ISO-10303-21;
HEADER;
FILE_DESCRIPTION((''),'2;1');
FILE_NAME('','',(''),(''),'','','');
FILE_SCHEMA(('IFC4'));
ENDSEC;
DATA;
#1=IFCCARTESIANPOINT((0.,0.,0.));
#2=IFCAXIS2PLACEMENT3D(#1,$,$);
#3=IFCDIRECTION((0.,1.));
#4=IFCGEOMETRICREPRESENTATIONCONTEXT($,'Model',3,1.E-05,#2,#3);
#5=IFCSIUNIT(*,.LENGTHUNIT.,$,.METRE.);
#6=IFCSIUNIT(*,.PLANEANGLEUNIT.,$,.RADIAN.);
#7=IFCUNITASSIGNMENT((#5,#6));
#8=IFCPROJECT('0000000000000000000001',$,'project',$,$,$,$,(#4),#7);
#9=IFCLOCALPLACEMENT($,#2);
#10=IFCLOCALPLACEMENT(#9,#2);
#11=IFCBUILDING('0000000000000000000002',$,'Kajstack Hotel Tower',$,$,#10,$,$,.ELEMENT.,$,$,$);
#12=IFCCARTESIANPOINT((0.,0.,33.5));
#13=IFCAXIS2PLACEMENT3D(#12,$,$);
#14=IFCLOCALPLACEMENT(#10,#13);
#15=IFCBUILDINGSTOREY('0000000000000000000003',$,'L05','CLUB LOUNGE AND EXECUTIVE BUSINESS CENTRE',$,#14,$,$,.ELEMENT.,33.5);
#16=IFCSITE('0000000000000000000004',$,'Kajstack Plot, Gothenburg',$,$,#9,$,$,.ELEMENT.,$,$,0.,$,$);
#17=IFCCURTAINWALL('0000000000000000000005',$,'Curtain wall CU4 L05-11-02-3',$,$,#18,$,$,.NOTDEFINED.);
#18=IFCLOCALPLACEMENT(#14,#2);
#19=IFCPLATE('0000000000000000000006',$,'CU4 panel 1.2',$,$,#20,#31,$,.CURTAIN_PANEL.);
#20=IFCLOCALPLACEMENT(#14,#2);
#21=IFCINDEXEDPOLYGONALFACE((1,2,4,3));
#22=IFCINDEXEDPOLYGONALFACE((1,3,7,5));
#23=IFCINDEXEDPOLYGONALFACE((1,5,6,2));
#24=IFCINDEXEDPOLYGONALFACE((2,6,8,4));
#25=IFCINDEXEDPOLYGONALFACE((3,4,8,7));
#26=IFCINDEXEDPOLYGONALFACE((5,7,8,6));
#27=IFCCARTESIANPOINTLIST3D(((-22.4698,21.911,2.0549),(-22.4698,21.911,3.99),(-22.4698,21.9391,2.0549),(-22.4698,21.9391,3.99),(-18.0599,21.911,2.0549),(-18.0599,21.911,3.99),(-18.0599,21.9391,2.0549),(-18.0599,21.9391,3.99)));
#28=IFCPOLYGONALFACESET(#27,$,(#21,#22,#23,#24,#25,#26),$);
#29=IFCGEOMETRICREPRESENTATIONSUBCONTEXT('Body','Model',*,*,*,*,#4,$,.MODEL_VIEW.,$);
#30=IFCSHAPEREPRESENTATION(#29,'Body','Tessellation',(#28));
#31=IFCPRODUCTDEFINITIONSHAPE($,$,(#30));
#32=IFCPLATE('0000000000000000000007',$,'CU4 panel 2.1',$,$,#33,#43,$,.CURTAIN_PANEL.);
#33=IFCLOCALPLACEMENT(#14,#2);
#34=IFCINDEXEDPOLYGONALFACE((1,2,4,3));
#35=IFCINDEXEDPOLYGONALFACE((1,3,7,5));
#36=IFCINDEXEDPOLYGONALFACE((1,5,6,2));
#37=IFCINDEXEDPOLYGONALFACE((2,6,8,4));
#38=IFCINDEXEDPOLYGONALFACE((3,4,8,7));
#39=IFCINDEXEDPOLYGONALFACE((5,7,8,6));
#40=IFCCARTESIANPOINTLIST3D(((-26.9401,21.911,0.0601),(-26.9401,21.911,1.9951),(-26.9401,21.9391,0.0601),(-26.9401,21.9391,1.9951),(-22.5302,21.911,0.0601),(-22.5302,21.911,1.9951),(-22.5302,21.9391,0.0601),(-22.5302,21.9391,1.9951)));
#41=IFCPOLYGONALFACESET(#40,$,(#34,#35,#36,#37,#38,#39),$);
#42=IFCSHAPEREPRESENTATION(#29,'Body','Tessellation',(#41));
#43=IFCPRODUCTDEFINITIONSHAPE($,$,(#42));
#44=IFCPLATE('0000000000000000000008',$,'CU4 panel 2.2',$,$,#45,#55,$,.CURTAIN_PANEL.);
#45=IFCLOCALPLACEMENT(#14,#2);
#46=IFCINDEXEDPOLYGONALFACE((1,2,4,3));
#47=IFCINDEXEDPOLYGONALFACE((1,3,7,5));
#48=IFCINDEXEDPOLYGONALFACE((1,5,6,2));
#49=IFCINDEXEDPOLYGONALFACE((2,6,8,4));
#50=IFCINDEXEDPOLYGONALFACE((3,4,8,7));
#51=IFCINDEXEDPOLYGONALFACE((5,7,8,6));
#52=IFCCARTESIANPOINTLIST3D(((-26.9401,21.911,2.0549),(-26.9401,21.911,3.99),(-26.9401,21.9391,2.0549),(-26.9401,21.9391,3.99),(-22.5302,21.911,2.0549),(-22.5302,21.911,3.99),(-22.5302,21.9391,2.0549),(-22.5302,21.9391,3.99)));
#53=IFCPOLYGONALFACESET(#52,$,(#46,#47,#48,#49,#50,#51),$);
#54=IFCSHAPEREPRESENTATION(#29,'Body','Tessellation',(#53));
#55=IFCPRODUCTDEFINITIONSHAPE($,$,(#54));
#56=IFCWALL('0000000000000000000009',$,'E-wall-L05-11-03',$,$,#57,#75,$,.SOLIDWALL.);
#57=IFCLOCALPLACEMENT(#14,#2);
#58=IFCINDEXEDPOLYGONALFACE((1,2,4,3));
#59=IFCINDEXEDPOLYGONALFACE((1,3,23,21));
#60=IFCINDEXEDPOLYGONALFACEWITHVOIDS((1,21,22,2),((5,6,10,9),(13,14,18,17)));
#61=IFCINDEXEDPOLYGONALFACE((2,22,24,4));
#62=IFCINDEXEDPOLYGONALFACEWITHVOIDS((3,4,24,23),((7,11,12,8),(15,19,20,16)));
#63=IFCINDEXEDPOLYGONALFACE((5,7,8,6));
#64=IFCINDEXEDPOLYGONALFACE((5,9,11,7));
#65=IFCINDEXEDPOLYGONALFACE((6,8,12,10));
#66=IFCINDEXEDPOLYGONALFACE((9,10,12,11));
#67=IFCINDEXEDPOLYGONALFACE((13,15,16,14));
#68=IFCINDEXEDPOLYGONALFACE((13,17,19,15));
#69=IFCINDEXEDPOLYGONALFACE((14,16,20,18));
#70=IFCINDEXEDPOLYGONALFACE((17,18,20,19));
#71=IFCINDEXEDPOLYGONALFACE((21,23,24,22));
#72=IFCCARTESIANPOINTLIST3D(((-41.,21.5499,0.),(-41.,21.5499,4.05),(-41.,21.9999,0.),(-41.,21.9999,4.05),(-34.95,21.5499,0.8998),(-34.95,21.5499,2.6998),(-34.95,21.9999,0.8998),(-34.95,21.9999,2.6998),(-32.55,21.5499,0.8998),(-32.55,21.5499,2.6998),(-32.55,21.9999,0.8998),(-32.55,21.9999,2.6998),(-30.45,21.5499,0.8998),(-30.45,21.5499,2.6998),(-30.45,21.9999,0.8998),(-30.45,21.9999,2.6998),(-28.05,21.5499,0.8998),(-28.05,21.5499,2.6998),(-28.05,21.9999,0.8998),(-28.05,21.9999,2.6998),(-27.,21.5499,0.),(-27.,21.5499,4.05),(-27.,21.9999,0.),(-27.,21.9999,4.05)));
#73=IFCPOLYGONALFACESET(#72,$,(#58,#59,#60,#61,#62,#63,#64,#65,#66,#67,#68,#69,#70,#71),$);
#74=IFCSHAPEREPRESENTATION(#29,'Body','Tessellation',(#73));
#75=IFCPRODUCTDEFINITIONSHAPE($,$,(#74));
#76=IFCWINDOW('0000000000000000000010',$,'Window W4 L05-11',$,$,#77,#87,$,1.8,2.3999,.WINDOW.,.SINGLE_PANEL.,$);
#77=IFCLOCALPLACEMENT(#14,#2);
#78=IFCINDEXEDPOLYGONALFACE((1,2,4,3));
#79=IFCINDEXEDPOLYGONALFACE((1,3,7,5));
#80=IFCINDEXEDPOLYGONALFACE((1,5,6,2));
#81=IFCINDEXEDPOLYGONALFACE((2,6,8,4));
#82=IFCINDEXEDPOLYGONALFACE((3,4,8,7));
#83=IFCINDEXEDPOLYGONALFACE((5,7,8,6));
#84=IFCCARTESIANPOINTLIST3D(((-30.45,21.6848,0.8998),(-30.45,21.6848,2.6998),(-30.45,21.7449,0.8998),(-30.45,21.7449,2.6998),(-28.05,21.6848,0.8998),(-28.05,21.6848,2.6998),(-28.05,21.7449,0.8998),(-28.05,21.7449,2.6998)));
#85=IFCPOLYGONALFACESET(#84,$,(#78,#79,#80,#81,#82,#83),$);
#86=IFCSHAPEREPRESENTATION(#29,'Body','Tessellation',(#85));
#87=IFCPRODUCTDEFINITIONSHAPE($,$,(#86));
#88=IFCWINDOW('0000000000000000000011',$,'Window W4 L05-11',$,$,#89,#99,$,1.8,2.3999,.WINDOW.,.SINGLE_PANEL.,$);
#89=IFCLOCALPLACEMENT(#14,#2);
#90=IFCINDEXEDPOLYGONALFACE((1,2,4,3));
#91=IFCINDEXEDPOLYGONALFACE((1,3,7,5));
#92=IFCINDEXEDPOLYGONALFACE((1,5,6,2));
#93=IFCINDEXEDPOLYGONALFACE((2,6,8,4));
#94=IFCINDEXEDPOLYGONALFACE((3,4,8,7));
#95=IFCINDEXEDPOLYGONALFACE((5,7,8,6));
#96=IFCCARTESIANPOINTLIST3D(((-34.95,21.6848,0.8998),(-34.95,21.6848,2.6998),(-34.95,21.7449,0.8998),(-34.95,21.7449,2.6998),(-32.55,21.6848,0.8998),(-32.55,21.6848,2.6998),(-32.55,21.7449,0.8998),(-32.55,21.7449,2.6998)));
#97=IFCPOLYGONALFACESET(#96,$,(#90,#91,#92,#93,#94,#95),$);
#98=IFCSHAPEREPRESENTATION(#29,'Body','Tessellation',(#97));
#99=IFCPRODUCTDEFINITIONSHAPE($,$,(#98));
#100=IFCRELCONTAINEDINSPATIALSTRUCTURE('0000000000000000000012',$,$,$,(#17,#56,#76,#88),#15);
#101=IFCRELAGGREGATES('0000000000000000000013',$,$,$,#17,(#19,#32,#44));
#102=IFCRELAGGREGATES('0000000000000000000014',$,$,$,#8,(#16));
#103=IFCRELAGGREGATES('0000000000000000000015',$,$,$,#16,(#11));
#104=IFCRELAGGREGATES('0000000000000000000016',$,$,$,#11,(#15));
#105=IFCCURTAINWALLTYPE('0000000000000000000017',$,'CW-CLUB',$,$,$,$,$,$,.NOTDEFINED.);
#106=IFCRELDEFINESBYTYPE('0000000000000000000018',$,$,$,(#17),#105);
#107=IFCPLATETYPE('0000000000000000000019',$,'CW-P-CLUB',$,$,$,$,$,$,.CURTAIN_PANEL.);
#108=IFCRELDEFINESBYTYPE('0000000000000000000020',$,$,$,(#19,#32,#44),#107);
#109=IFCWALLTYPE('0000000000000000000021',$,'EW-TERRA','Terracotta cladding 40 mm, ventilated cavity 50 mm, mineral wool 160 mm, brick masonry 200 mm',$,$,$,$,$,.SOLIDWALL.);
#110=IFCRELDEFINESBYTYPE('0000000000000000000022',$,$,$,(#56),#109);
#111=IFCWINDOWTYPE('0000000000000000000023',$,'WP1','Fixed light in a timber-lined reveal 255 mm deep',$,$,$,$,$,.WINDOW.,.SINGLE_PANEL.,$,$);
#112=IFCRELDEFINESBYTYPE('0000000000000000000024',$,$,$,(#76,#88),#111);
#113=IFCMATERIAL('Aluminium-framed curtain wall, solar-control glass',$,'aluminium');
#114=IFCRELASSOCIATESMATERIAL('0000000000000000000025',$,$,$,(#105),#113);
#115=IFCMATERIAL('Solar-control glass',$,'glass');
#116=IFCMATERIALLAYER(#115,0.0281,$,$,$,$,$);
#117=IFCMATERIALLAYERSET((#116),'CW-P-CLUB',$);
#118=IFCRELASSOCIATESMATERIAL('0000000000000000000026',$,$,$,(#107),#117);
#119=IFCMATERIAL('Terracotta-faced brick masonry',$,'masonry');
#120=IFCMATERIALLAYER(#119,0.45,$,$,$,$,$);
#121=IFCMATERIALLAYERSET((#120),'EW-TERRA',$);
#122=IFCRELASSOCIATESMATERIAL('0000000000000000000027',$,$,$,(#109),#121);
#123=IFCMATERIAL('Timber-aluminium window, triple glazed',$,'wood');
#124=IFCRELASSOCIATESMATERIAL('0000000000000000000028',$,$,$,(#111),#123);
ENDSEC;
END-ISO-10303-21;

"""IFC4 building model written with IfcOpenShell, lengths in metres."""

from ifc_helpers import new_model, si_unit, direction, frame, frame_2d, origin, origin_2d, place, context, subcontext, project, spatial, rectangle, extrude, material, layer, layer_set, type_object, element, fill, aggregate, save


model = new_model("IFC4")

# Units and contexts
model_context = context("Model", 3, precision=1e-05, world=origin(), true_north=direction((0.0, 1.0)))
body_context = subcontext(model_context, "Body", "Model", "MODEL_VIEW")
ifc_project = project(units=[si_unit("LENGTHUNIT", "METRE"), si_unit("PLANEANGLEUNIT", "RADIAN")], contexts=[model_context])

# Site, building, storey
site_placement = place(None, origin())
site = spatial("IfcSite", under=ifc_project, at=site_placement, Name="Kajstack Plot, Gothenburg", CompositionType="ELEMENT", RefElevation=0.0)
building_placement = place(site_placement, origin())
building = spatial("IfcBuilding", under=site, at=building_placement, Name="Kajstack Hotel Tower", CompositionType="ELEMENT")
storey_placement = place(building_placement, frame((0.0, 0.0, 33.5)))
storey = spatial("IfcBuildingStorey", under=building, at=storey_placement, Name="L05", Description="CLUB LOUNGE AND EXECUTIVE BUSINESS CENTRE", CompositionType="ELEMENT", Elevation=33.5)

# Curtain wall, plates
ifc_material_1 = material(Name="Aluminium-framed curtain wall, solar-control glass", Category="aluminium")
curtain_wall_type = type_object("IfcCurtainWallType", Name="CW-CLUB", PredefinedType="NOTDEFINED", material=ifc_material_1)
curtain_wall_placement = place(storey_placement, origin())
curtain_wall = element("IfcCurtainWall", 1, at=curtain_wall_placement, inside=storey, type_object=curtain_wall_type, Name="Curtain wall CU4 L05-11-02-3", PredefinedType="NOTDEFINED")
ifc_material_2 = material(Name="Solar-control glass", Category="glass")
ifc_layer_1 = layer(ifc_material_2, 0.0281)
ifc_layer_set_1 = layer_set([ifc_layer_1], Name="CW-P-CLUB")
plate_type = type_object("IfcPlateType", Name="CW-P-CLUB", PredefinedType="CURTAIN_PANEL", material=ifc_layer_set_1)
plate_1_placement = place(storey_placement, frame((-20.2649, 21.925, 2.0549), z_axis=(0.0, 0.0, 1.0), x_axis=(-1.0, 0.0, 0.0)))
plate_1 = element("IfcPlate", 2, at=plate_1_placement, type_object=plate_type, Name="CU4 panel 1.2", PredefinedType="CURTAIN_PANEL", context=body_context, shape_type="SweptSolid", body=[
    extrude(rectangle(XDim=4.4099, YDim=0.0281, at=origin_2d()), origin(), (0.0, 0.0, 1.0), 1.9351),
])
plate_2_placement = place(storey_placement, frame((-24.7351, 21.925, 0.0601), z_axis=(0.0, 0.0, 1.0), x_axis=(-1.0, 0.0, 0.0)))
plate_2 = element("IfcPlate", 3, at=plate_2_placement, type_object=plate_type, Name="CU4 panel 2.1", PredefinedType="CURTAIN_PANEL", context=body_context, shape_type="SweptSolid", body=[
    extrude(rectangle(XDim=4.4099, YDim=0.0281, at=origin_2d()), origin(), (0.0, 0.0, 1.0), 1.9351),
])
plate_3_placement = place(storey_placement, frame((-24.7351, 21.925, 2.0549), z_axis=(0.0, 0.0, 1.0), x_axis=(-1.0, 0.0, 0.0)))
plate_3 = element("IfcPlate", 4, at=plate_3_placement, type_object=plate_type, Name="CU4 panel 2.2", PredefinedType="CURTAIN_PANEL", context=body_context, shape_type="SweptSolid", body=[
    extrude(rectangle(XDim=4.4099, YDim=0.0281, at=origin_2d()), origin(), (0.0, 0.0, 1.0), 1.9351),
])
aggregate(curtain_wall, [plate_1, plate_2, plate_3])

# Wall, openings, windows
ifc_material_3 = material(Name="Terracotta-faced brick masonry", Category="masonry")
ifc_layer_2 = layer(ifc_material_3, 0.45)
ifc_layer_set_2 = layer_set([ifc_layer_2], Name="EW-TERRA")
wall_type = type_object("IfcWallType", Name="EW-TERRA", Description="Terracotta cladding 40 mm, ventilated cavity 50 mm, mineral wool 160 mm, brick masonry 200 mm", PredefinedType="SOLIDWALL", material=ifc_layer_set_2)
wall_placement = place(storey_placement, frame((-27.0, 21.7749, 0.0), z_axis=(0.0, 0.0, 1.0), x_axis=(-1.0, 0.0, 0.0)))
wall = element("IfcWall", 5, at=wall_placement, inside=storey, type_object=wall_type, Name="E-wall-L05-11-03", PredefinedType="SOLIDWALL", context=body_context, shape_type="SweptSolid", body=[
    extrude(rectangle(XDim=14.0, YDim=0.45, at=frame_2d((7.0, 0.0))), origin(), (0.0, 0.0, 1.0), 4.05),
])
opening_1_placement = place(wall_placement, frame((1.05, 0.0, 0.8999)))
opening_1 = element("IfcOpeningElement", 6, at=opening_1_placement, cuts=wall, PredefinedType="OPENING", context=body_context, shape_type="SweptSolid", body=[
    extrude(rectangle(XDim=2.3999, YDim=1.8, at=frame_2d((1.2, 0.8999))), frame((0.0, 0.2349, 0.0), z_axis=(0.0, -1.0, 0.0), x_axis=(1.0, 0.0, 0.0)), (0.0, 0.0, 1.0), 0.47),
])
opening_2_placement = place(wall_placement, frame((5.55, 0.0, 0.8999)))
opening_2 = element("IfcOpeningElement", 7, at=opening_2_placement, cuts=wall, PredefinedType="OPENING", context=body_context, shape_type="SweptSolid", body=[
    extrude(rectangle(XDim=2.3999, YDim=1.8, at=frame_2d((1.2, 0.8999))), frame((0.0, 0.2349, 0.0), z_axis=(0.0, -1.0, 0.0), x_axis=(1.0, 0.0, 0.0)), (0.0, 0.0, 1.0), 0.47),
])
ifc_material_4 = material(Name="Timber-aluminium window, triple glazed", Category="wood")
window_type = type_object("IfcWindowType", Name="WP1", Description="Fixed light in a timber-lined reveal 255 mm deep", PartitioningType="SINGLE_PANEL", PredefinedType="WINDOW", material=ifc_material_4)
window_1_placement = place(opening_1_placement, origin())
window_1 = element("IfcWindow", 8, at=window_1_placement, inside=storey, type_object=window_type, Name="Window W4 L05-11", OverallHeight=1.8, OverallWidth=2.3999, PartitioningType="SINGLE_PANEL", PredefinedType="WINDOW", context=body_context, shape_type="SweptSolid", body=[
    extrude(rectangle(XDim=2.3999, YDim=1.8, at=frame_2d((1.2, 0.8999))), frame((0.0, 0.0901, 0.0), z_axis=(0.0, -1.0, 0.0), x_axis=(1.0, 0.0, 0.0)), (0.0, 0.0, 1.0), 0.0601),
])
fill(opening_1, window_1)
window_2_placement = place(opening_2_placement, origin())
window_2 = element("IfcWindow", 9, at=window_2_placement, inside=storey, type_object=window_type, Name="Window W4 L05-11", OverallHeight=1.8, OverallWidth=2.3999, PartitioningType="SINGLE_PANEL", PredefinedType="WINDOW", context=body_context, shape_type="SweptSolid", body=[
    extrude(rectangle(XDim=2.3999, YDim=1.8, at=frame_2d((1.2, 0.8999))), frame((0.0, 0.0901, 0.0), z_axis=(0.0, -1.0, 0.0), x_axis=(1.0, 0.0, 0.0)), (0.0, 0.0, 1.0), 0.0601),
])
fill(opening_2, window_2)

save(model, "model.ifc")
